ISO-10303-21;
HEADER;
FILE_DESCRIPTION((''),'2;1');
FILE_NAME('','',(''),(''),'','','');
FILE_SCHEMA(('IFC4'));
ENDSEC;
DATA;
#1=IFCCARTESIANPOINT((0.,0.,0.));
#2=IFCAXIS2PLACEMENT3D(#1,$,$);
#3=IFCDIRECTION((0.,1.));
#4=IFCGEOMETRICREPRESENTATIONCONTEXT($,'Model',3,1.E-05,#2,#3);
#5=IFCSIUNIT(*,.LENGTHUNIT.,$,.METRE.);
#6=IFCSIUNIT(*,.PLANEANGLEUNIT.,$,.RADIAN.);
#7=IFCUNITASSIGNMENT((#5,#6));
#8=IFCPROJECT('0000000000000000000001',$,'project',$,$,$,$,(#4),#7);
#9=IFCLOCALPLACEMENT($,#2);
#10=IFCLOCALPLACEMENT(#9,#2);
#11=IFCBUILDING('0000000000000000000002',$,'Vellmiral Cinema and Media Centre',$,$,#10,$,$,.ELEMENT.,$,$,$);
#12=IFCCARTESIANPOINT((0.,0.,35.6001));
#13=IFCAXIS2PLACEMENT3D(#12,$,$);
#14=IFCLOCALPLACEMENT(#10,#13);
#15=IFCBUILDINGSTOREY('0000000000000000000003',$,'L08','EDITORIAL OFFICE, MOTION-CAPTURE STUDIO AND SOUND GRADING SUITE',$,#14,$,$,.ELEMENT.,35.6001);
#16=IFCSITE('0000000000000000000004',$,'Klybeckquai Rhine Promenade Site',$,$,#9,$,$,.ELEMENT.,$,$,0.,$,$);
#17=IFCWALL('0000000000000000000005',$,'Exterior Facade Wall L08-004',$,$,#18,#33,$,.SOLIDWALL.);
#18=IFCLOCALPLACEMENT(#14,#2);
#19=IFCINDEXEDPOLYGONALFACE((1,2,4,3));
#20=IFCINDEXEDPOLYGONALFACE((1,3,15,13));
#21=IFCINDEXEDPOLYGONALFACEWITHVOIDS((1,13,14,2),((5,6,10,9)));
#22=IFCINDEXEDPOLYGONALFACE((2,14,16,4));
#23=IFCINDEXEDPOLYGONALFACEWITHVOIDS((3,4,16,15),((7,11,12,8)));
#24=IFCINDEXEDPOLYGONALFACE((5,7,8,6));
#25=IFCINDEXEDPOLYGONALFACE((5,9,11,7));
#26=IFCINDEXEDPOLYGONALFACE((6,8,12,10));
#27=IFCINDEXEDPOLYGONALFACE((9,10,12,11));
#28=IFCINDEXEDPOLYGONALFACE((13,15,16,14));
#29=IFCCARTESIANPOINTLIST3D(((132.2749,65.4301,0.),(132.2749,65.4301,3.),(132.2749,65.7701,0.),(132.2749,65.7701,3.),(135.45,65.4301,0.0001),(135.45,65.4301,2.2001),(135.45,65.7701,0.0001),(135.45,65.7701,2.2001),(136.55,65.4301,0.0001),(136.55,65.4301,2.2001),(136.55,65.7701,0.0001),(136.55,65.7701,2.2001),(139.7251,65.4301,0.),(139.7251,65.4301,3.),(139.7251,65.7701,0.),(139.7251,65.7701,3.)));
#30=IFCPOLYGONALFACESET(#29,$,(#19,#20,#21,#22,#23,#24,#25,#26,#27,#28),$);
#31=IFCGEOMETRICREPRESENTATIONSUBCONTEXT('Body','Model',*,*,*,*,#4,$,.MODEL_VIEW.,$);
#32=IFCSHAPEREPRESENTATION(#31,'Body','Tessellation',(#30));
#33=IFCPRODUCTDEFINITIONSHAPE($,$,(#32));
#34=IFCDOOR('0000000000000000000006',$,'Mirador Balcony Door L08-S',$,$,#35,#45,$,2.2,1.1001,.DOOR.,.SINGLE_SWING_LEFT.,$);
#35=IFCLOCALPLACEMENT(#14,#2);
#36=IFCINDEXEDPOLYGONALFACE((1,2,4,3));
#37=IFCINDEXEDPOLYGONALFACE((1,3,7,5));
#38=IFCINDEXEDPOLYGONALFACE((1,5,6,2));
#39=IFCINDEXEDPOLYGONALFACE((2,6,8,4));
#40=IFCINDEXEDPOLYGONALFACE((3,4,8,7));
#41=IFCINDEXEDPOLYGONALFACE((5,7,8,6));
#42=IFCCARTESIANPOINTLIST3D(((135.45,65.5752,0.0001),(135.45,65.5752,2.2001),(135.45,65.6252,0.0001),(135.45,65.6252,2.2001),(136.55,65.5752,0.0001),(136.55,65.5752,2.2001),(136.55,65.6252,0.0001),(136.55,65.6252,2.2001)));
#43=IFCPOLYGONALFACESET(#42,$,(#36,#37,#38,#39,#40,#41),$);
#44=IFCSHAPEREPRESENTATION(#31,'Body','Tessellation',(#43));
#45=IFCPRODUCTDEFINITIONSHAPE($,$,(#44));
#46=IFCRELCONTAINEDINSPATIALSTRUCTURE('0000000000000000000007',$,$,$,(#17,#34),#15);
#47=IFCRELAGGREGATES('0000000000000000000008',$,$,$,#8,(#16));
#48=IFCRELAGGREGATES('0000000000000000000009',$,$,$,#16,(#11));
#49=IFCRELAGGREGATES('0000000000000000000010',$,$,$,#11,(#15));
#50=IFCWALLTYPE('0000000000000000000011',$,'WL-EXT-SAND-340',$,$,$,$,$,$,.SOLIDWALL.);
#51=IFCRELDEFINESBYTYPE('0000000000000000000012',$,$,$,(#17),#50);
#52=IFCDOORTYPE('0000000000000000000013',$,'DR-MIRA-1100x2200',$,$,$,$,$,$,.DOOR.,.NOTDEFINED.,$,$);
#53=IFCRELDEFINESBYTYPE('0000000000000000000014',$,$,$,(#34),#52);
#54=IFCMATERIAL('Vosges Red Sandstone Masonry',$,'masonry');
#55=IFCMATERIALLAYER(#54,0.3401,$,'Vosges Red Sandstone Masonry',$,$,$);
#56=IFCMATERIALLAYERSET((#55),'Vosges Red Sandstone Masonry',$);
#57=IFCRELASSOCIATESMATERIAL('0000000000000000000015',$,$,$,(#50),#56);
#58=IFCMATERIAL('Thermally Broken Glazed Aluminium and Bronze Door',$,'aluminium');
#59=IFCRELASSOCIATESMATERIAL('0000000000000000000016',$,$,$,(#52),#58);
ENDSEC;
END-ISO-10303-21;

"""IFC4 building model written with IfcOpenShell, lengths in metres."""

from ifc_helpers import new_model, si_unit, direction, frame, frame_2d, origin, place, context, subcontext, project, spatial, rectangle, extrude, material, layer, layer_set, type_object, element, fill, save


model = new_model("IFC4")

# Units and contexts
model_context = context("Model", 3, precision=1e-05, world=origin(), true_north=direction((0.0, 1.0)))
body_context = subcontext(model_context, "Body", "Model", "MODEL_VIEW")
ifc_project = project(units=[si_unit("LENGTHUNIT", "METRE"), si_unit("PLANEANGLEUNIT", "RADIAN")], contexts=[model_context])

# Site, building, storey
site_placement = place(None, origin())
site = spatial("IfcSite", under=ifc_project, at=site_placement, Name="Klybeckquai Rhine Promenade Site", CompositionType="ELEMENT", RefElevation=0.0)
building_placement = place(site_placement, origin())
building = spatial("IfcBuilding", under=site, at=building_placement, Name="Vellmiral Cinema and Media Centre", CompositionType="ELEMENT")
storey_placement = place(building_placement, frame((0.0, 0.0, 35.6001)))
storey = spatial("IfcBuildingStorey", under=building, at=storey_placement, Name="L08", Description="EDITORIAL OFFICE, MOTION-CAPTURE STUDIO AND SOUND GRADING SUITE", CompositionType="ELEMENT", Elevation=35.6001)

# Wall, opening, door
ifc_material_1 = material(Name="Vosges Red Sandstone Masonry", Category="masonry")
ifc_layer_1 = layer(ifc_material_1, 0.3401, Name="Vosges Red Sandstone Masonry")
ifc_layer_set_1 = layer_set([ifc_layer_1], Name="Vosges Red Sandstone Masonry")
wall_type_1 = type_object("IfcWallType", Name="WL-EXT-SAND-340", PredefinedType="SOLIDWALL", material=ifc_layer_set_1)
wall_1_placement = place(storey_placement, frame((132.2749, 65.6001, 0.0), z_axis=(0.0, 0.0, 1.0), x_axis=(1.0, 0.0, 0.0)))
wall_1 = element("IfcWall", 1, at=wall_1_placement, inside=storey, type_object=wall_type_1, Name="Exterior Facade Wall L08-004", PredefinedType="SOLIDWALL", context=body_context, shape_type="SweptSolid", body=[
    extrude(rectangle(XDim=7.4502, YDim=0.3401, at=frame_2d((3.7251, 0.0))), origin(), (0.0, 0.0, 1.0), 3.0),
])
opening_placement = place(wall_1_placement, frame((3.175, 0.0, 0.0)))
opening = element("IfcOpeningElement", 2, at=opening_placement, cuts=wall_1, PredefinedType="OPENING", context=body_context, shape_type="SweptSolid", body=[
    extrude(rectangle(XDim=1.1001, YDim=2.2, at=frame_2d((0.55, 1.1001))), frame((0.0, 0.1821, 0.0), z_axis=(0.0, -1.0, 0.0), x_axis=(1.0, 0.0, 0.0)), (0.0, 0.0, 1.0), 0.364),
])
ifc_material_2 = material(Name="Thermally Broken Glazed Aluminium and Bronze Door", Category="aluminium")
door_type = type_object("IfcDoorType", Name="DR-MIRA-1100x2200", OperationType="NOTDEFINED", PredefinedType="DOOR", material=ifc_material_2)
door_placement = place(opening_placement, frame((1.1001, 0.0, 0.0), z_axis=(0.0, 0.0, 1.0), x_axis=(-1.0, 0.0, 0.0)))
door = element("IfcDoor", 3, at=door_placement, inside=storey, type_object=door_type, Name="Mirador Balcony Door L08-S", OperationType="SINGLE_SWING_LEFT", OverallHeight=2.2, OverallWidth=1.1001, PredefinedType="DOOR", context=body_context, shape_type="SweptSolid", body=[
    extrude(rectangle(XDim=1.1001, YDim=2.2, at=frame_2d((0.55, 1.1001))), frame((0.0, 0.0249, 0.0), z_axis=(0.0, -1.0, 0.0), x_axis=(1.0, 0.0, 0.0)), (0.0, 0.0, 1.0), 0.05),
])
fill(opening, door)

save(model, "model.ifc")
